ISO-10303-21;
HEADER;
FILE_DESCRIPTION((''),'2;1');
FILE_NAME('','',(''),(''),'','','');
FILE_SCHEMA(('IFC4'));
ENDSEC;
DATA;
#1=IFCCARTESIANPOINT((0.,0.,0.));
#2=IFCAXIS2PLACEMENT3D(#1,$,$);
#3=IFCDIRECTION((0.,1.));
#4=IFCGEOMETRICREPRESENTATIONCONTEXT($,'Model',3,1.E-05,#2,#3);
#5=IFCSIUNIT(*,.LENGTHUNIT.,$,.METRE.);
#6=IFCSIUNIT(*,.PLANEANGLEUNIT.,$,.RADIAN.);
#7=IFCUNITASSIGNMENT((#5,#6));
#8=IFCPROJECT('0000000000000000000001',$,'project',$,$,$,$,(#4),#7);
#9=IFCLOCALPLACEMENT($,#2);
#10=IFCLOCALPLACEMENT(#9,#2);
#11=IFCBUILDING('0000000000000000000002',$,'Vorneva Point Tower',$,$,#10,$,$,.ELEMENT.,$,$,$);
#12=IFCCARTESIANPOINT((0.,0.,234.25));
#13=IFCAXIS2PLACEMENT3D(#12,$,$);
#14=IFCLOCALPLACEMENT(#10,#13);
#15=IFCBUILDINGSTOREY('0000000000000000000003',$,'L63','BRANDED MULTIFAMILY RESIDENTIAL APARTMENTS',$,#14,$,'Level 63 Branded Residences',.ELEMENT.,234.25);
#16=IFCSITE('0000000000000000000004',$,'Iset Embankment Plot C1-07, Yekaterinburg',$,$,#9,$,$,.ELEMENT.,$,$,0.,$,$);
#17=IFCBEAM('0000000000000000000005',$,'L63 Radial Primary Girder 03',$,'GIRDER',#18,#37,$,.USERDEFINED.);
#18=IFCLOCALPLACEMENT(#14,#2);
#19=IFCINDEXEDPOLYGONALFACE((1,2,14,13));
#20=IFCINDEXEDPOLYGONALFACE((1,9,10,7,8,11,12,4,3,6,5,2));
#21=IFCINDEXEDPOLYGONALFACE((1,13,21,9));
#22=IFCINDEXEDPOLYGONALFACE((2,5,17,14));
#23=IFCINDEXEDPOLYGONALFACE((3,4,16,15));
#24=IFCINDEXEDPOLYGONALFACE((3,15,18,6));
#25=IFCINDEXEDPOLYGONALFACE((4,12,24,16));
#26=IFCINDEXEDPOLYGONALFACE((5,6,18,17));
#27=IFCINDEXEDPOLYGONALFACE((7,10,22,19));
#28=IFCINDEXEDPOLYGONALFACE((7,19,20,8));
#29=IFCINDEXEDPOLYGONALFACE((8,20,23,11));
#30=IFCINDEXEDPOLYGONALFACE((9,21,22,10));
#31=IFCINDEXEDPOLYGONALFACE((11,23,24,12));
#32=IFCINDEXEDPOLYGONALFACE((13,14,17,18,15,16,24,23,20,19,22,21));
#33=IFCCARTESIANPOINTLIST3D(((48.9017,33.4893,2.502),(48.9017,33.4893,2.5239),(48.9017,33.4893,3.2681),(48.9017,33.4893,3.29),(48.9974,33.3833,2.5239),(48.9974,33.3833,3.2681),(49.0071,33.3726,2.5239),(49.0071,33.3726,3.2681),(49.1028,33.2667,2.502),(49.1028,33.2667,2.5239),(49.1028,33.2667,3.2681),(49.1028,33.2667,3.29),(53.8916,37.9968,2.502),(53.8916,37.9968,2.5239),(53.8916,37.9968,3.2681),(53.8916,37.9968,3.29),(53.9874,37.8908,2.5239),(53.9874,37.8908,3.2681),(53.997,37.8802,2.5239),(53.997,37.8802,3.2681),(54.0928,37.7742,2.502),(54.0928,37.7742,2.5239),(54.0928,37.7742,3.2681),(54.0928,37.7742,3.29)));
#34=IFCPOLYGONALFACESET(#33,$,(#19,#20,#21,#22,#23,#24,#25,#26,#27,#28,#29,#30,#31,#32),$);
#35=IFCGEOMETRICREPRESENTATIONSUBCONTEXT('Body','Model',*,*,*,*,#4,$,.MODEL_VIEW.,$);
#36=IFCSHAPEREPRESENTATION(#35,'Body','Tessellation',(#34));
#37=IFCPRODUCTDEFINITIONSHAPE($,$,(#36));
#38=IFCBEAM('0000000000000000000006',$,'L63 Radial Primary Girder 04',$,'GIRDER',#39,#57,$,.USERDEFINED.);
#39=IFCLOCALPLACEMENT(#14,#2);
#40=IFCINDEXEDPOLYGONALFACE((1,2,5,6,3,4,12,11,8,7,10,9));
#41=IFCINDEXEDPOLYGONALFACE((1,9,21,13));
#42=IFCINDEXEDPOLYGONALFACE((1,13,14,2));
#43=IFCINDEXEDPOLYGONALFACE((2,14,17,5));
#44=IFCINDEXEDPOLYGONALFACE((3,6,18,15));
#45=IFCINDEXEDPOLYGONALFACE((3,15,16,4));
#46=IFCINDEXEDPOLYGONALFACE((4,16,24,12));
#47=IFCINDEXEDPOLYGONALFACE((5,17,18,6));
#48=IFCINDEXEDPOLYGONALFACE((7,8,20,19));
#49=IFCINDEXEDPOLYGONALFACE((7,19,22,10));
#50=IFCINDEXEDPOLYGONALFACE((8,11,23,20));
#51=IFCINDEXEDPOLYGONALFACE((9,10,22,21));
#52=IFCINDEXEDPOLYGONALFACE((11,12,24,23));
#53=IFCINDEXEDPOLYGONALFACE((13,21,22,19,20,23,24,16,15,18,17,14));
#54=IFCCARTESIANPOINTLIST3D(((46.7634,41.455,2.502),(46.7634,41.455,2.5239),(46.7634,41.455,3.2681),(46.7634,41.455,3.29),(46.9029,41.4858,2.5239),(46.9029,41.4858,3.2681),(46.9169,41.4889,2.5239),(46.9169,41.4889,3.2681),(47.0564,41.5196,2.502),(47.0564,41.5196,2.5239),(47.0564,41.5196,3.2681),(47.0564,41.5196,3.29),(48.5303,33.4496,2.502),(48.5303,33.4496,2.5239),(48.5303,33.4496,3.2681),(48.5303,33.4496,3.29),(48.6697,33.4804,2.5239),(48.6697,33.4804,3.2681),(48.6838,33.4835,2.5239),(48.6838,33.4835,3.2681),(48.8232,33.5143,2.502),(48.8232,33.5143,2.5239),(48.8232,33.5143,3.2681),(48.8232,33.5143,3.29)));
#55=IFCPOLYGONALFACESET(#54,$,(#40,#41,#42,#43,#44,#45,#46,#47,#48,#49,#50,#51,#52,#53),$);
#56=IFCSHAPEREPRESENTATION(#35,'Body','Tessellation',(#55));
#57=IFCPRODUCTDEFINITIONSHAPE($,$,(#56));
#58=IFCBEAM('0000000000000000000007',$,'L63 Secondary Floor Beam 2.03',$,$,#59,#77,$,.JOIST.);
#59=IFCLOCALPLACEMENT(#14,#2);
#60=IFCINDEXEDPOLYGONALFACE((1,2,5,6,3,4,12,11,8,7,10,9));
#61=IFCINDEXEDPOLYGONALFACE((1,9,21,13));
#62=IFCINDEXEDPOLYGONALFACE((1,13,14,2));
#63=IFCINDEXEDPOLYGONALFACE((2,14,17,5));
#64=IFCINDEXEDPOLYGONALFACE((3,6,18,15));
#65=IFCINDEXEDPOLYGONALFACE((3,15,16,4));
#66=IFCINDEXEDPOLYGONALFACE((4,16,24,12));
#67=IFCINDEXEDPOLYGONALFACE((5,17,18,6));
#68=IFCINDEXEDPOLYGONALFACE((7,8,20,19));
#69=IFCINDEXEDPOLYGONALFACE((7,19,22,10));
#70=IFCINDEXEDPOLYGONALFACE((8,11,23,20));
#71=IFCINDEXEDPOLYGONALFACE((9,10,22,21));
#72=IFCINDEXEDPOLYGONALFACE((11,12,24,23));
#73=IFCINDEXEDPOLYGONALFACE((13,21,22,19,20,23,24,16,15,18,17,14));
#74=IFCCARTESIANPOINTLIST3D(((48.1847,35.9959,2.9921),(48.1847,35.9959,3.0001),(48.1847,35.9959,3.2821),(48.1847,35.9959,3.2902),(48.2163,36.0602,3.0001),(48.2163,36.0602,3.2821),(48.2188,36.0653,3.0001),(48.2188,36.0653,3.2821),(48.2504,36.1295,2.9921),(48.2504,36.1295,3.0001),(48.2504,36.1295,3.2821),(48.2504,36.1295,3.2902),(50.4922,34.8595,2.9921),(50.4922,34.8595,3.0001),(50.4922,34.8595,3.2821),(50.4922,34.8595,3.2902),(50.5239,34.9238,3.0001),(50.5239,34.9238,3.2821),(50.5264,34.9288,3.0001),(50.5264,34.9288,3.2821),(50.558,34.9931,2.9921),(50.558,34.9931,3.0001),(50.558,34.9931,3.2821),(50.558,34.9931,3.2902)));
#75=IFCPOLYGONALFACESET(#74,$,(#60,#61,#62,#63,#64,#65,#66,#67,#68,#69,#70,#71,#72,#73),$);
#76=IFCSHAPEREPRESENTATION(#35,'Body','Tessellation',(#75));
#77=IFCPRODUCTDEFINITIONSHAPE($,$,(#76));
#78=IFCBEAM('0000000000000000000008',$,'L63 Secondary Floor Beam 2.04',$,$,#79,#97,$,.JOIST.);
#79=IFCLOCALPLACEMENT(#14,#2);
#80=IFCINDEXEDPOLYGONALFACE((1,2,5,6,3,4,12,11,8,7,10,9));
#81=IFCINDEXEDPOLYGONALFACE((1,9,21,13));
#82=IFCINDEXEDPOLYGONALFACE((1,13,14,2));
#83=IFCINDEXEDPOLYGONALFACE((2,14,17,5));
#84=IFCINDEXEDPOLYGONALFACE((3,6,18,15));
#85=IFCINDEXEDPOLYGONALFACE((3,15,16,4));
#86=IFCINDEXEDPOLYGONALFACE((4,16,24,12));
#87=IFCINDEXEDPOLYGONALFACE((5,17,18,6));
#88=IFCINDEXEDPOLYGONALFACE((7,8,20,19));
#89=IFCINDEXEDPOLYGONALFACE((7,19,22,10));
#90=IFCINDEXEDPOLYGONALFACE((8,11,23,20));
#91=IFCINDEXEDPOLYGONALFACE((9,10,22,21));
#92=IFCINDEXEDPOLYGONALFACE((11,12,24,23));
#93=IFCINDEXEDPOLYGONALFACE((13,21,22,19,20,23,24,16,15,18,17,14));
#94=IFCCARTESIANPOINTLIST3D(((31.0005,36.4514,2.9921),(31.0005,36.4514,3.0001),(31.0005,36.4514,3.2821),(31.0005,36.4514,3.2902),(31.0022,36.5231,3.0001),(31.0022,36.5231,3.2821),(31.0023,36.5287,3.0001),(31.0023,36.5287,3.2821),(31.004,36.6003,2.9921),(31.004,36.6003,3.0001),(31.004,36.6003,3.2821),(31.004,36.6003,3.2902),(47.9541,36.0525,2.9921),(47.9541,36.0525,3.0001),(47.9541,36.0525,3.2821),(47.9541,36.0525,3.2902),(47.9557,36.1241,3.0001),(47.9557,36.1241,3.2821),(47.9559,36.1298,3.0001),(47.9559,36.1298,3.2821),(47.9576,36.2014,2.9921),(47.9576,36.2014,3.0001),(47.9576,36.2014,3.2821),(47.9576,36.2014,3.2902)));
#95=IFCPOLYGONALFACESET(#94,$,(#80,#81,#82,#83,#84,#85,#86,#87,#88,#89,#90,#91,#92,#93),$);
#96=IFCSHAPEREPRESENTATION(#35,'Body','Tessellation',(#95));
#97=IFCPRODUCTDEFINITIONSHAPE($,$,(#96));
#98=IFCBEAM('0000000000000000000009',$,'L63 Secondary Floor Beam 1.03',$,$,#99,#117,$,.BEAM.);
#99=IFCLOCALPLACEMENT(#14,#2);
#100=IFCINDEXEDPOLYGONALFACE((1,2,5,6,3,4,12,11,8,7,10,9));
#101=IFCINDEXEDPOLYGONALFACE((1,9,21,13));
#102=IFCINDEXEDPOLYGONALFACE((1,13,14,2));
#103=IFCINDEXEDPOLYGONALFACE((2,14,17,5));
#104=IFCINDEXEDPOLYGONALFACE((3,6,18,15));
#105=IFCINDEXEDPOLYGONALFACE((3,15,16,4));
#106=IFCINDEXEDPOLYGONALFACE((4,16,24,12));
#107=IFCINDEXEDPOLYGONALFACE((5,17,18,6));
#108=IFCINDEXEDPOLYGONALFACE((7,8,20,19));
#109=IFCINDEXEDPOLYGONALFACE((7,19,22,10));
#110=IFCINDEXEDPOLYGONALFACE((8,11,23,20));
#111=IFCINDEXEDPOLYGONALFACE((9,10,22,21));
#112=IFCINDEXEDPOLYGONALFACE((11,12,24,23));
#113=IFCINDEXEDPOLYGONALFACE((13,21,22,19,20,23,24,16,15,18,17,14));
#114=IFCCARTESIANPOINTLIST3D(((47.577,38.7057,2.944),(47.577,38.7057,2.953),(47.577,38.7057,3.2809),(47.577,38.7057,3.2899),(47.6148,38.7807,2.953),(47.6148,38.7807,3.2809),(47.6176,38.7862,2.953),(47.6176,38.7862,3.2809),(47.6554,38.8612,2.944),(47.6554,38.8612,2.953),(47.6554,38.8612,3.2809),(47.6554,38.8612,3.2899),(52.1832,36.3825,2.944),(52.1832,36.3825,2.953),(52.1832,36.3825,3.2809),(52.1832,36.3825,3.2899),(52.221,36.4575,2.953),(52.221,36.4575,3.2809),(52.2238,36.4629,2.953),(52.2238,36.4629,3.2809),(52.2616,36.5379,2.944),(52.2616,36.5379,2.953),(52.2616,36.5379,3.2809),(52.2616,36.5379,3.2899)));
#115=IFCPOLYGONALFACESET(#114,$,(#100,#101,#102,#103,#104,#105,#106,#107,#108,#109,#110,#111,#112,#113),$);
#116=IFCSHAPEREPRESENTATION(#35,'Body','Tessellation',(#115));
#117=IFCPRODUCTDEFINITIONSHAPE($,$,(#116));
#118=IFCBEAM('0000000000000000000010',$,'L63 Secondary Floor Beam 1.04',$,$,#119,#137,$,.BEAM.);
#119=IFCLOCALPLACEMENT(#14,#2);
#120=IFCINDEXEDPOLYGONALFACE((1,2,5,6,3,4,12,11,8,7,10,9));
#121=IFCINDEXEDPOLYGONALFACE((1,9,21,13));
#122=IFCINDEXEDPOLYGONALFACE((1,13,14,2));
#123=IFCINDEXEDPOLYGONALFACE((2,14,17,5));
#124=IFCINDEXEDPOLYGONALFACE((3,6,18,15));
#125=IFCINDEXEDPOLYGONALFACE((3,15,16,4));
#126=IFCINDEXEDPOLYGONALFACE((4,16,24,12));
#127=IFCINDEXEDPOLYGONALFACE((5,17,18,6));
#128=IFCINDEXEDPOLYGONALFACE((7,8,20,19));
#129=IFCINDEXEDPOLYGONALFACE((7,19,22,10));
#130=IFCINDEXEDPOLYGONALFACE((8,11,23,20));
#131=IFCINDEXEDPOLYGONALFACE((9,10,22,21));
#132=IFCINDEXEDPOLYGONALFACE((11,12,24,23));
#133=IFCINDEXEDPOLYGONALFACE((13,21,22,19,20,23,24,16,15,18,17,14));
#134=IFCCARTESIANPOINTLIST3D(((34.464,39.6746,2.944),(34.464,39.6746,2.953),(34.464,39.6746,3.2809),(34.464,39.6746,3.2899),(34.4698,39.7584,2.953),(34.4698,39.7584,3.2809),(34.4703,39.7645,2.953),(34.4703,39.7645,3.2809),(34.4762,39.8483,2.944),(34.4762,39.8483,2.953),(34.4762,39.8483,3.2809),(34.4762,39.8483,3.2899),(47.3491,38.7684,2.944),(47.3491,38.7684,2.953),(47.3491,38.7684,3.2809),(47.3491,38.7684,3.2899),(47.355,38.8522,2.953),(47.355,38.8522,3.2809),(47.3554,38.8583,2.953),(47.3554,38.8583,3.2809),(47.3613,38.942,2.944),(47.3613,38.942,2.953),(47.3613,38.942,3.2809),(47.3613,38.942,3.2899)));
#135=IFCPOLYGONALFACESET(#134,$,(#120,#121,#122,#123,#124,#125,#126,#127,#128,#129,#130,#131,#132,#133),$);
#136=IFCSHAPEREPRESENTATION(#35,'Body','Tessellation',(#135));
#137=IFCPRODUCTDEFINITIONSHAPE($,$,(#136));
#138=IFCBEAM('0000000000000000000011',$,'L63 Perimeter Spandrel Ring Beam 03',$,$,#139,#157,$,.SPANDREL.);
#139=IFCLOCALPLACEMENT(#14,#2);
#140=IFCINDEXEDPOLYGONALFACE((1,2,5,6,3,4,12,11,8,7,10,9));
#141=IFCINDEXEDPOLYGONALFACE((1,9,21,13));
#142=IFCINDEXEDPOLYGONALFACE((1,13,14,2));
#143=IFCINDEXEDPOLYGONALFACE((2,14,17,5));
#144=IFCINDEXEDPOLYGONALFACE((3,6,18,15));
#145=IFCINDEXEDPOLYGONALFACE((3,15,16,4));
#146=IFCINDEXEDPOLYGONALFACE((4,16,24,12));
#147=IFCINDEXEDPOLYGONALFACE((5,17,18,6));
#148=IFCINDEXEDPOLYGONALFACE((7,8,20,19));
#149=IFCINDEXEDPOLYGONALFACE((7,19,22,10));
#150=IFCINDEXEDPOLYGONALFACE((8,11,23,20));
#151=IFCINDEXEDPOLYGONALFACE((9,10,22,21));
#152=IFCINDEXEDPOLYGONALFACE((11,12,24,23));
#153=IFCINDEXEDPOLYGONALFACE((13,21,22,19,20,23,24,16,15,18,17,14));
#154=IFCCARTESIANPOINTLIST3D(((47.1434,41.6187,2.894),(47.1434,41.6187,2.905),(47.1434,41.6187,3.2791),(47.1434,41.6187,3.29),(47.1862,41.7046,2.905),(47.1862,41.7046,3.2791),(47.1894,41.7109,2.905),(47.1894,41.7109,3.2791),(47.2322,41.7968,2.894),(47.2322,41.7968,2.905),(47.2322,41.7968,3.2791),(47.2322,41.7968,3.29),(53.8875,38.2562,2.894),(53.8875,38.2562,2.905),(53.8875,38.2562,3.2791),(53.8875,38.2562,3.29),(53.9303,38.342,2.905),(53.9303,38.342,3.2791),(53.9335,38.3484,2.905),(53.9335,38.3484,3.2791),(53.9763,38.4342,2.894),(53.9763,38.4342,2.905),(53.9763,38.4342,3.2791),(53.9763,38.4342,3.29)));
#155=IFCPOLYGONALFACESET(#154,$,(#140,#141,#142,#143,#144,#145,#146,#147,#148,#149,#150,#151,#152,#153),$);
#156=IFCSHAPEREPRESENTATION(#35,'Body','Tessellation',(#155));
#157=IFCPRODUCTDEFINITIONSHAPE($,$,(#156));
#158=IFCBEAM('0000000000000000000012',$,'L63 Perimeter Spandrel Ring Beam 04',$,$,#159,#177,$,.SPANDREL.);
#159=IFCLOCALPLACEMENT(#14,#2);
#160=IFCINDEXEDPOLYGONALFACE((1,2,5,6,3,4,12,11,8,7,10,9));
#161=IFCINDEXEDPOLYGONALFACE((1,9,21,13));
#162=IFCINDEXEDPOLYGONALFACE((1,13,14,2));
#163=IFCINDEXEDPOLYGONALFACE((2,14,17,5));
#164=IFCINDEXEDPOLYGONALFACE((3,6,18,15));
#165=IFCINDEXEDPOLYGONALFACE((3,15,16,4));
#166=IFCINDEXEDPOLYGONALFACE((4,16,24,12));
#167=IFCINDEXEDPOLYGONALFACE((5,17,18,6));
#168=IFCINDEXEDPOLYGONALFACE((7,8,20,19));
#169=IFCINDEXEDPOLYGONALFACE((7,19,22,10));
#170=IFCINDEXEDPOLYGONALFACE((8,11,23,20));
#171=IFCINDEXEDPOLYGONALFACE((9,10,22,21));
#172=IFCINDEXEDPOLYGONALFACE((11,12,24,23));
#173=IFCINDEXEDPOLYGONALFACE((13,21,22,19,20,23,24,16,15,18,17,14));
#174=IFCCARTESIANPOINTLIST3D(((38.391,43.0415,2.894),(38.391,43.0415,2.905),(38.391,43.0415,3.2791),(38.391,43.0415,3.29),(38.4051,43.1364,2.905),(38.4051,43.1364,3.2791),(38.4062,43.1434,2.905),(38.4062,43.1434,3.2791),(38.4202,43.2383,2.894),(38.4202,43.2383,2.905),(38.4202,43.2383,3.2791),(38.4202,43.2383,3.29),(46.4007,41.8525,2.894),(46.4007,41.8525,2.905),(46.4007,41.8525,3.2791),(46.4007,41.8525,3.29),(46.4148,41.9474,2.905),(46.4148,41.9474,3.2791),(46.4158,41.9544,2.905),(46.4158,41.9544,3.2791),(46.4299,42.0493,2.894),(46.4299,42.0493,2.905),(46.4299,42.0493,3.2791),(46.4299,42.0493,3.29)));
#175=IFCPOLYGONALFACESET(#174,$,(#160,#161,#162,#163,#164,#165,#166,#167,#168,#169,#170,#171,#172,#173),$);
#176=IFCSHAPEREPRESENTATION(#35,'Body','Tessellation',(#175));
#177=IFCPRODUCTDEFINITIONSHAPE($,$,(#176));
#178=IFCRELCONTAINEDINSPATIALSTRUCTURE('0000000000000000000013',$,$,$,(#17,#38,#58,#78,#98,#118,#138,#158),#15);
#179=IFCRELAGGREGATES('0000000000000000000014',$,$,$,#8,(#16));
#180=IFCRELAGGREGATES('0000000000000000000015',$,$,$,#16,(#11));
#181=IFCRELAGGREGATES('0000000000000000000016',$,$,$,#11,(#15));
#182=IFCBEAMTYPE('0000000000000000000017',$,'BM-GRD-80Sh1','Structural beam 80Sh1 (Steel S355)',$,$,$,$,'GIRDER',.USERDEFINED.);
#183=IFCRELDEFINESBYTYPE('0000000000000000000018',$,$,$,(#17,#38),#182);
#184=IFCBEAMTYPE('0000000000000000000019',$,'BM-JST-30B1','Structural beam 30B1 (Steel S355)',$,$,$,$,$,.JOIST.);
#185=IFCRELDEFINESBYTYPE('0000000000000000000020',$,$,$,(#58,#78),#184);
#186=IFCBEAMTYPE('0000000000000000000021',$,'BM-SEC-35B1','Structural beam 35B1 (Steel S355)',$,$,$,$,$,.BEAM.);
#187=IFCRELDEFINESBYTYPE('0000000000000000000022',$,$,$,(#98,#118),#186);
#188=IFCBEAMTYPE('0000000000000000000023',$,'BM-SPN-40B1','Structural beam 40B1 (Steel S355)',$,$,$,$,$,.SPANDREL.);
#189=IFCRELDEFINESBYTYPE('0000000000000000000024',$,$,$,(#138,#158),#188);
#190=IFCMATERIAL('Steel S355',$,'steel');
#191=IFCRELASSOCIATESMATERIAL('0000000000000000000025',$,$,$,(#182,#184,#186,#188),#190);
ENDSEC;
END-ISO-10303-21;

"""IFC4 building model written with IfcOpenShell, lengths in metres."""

from ifc_helpers import new_model, si_unit, direction, frame, origin, origin_2d, place, context, subcontext, project, spatial, i_section, extrude, material, material_profile, profile_set, type_object, element, save


model = new_model("IFC4")

# Units and contexts
model_context = context("Model", 3, precision=1e-05, world=origin(), true_north=direction((0.0, 1.0)))
body_context = subcontext(model_context, "Body", "Model", "MODEL_VIEW")
ifc_project = project(units=[si_unit("LENGTHUNIT", "METRE"), si_unit("PLANEANGLEUNIT", "RADIAN")], contexts=[model_context])

# Site, building, storey
site_placement = place(None, origin())
site = spatial("IfcSite", under=ifc_project, at=site_placement, Name="Iset Embankment Plot C1-07, Yekaterinburg", CompositionType="ELEMENT", RefElevation=0.0)
building_placement = place(site_placement, origin())
building = spatial("IfcBuilding", under=site, at=building_placement, Name="Vorneva Point Tower", CompositionType="ELEMENT")
storey_placement = place(building_placement, frame((0.0, 0.0, 234.25)))
storey = spatial("IfcBuildingStorey", under=building, at=storey_placement, Name="L63", Description="BRANDED MULTIFAMILY RESIDENTIAL APARTMENTS", LongName="Level 63 Branded Residences", CompositionType="ELEMENT", Elevation=234.25)

# Beams
ifc_material_1 = material(Name="Steel S355", Category="steel")
ifc_material_profile_1 = material_profile(ifc_material_1, i_section(OverallWidth=0.3, OverallDepth=0.7881, WebThickness=0.0144, FlangeThickness=0.022, at=origin_2d()), Name="80Sh1")
ifc_profile_set_1 = profile_set([ifc_material_profile_1], Name="Steel S355")
beam_type_1 = type_object("IfcBeamType", Name="BM-GRD-80Sh1", Description="Structural beam 80Sh1 (Steel S355)", ElementType="GIRDER", PredefinedType="USERDEFINED", material=ifc_profile_set_1)
beam_1_placement = place(storey_placement, frame((53.9922, 37.8855, 2.896), z_axis=(-0.742067, -0.670326, 0.0), x_axis=(0.670326, -0.742067, 0.0)))
element("IfcBeam", 1, at=beam_1_placement, inside=storey, type_object=beam_type_1, Name="L63 Radial Primary Girder 03", ObjectType="GIRDER", PredefinedType="USERDEFINED", context=body_context, shape_type="SweptSolid", body=[
    extrude(i_section(OverallWidth=0.3, OverallDepth=0.7881, WebThickness=0.0144, FlangeThickness=0.022, at=origin_2d()), origin(), (0.0, 0.0, 1.0), 6.7244),
])
beam_2_placement = place(storey_placement, frame((46.9099, 41.4873, 2.896), z_axis=(0.215521, -0.976499, 0.0), x_axis=(0.976499, 0.215521, 0.0)))
element("IfcBeam", 2, at=beam_2_placement, inside=storey, type_object=beam_type_1, Name="L63 Radial Primary Girder 04", ObjectType="GIRDER", PredefinedType="USERDEFINED", context=body_context, shape_type="SweptSolid", body=[
    extrude(i_section(OverallWidth=0.3, OverallDepth=0.7881, WebThickness=0.0144, FlangeThickness=0.022, at=origin_2d()), origin(), (0.0, 0.0, 1.0), 8.198),
])
ifc_material_profile_2 = material_profile(ifc_material_1, i_section(OverallWidth=0.1489, OverallDepth=0.2981, WebThickness=0.0056, FlangeThickness=0.0081, at=origin_2d()), Name="30B1")
ifc_profile_set_2 = profile_set([ifc_material_profile_2], Name="Steel S355")
beam_type_2 = type_object("IfcBeamType", Name="BM-JST-30B1", Description="Structural beam 30B1 (Steel S355)", PredefinedType="JOIST", material=ifc_profile_set_2)
beam_3_placement = place(storey_placement, frame((50.5251, 34.9263, 3.1411), z_axis=(-0.897106, 0.441814, 0.0), x_axis=(-0.441814, -0.897106, 0.0)))
element("IfcBeam", 3, at=beam_3_placement, inside=storey, type_object=beam_type_2, Name="L63 Secondary Floor Beam 2.03", PredefinedType="JOIST", context=body_context, shape_type="SweptSolid", body=[
    extrude(i_section(OverallWidth=0.1489, OverallDepth=0.2981, WebThickness=0.0056, FlangeThickness=0.0081, at=origin_2d()), origin(), (0.0, 0.0, 1.0), 2.5723),
])
beam_4_placement = place(storey_placement, frame((47.9558, 36.127, 3.1411), z_axis=(-0.999723, 0.023524, 0.0), x_axis=(-0.023524, -0.999723, 0.0)))
element("IfcBeam", 4, at=beam_4_placement, inside=storey, type_object=beam_type_2, Name="L63 Secondary Floor Beam 2.04", PredefinedType="JOIST", context=body_context, shape_type="SweptSolid", body=[
    extrude(i_section(OverallWidth=0.1489, OverallDepth=0.2981, WebThickness=0.0056, FlangeThickness=0.0081, at=origin_2d()), origin(), (0.0, 0.0, 1.0), 16.9583),
])
ifc_material_profile_3 = material_profile(ifc_material_1, i_section(OverallWidth=0.1741, OverallDepth=0.3459, WebThickness=0.0061, FlangeThickness=0.009, at=origin_2d()), Name="35B1")
ifc_profile_set_3 = profile_set([ifc_material_profile_3], Name="Steel S355")
beam_type_3 = type_object("IfcBeamType", Name="BM-SEC-35B1", Description="Structural beam 35B1 (Steel S355)", PredefinedType="BEAM", material=ifc_profile_set_3)
beam_5_placement = place(storey_placement, frame((52.2224, 36.4602, 3.1169), z_axis=(-0.89286, 0.450334, 0.0), x_axis=(-0.450334, -0.89286, 0.0)))
element("IfcBeam", 5, at=beam_5_placement, inside=storey, type_object=beam_type_3, Name="L63 Secondary Floor Beam 1.03", PredefinedType="BEAM", context=body_context, shape_type="SweptSolid", body=[
    extrude(i_section(OverallWidth=0.1741, OverallDepth=0.3459, WebThickness=0.0061, FlangeThickness=0.009, at=origin_2d()), origin(), (0.0, 0.0, 1.0), 5.1589),
])
beam_6_placement = place(storey_placement, frame((47.3552, 38.8552, 3.1169), z_axis=(-0.997536, 0.070159, 0.0), x_axis=(-0.070159, -0.997536, 0.0)))
element("IfcBeam", 6, at=beam_6_placement, inside=storey, type_object=beam_type_3, Name="L63 Secondary Floor Beam 1.04", PredefinedType="BEAM", context=body_context, shape_type="SweptSolid", body=[
    extrude(i_section(OverallWidth=0.1741, OverallDepth=0.3459, WebThickness=0.0061, FlangeThickness=0.009, at=origin_2d()), origin(), (0.0, 0.0, 1.0), 12.917),
])
ifc_material_profile_4 = material_profile(ifc_material_1, i_section(OverallWidth=0.199, OverallDepth=0.396, WebThickness=0.0071, FlangeThickness=0.011, at=origin_2d()), Name="40B1")
ifc_profile_set_4 = profile_set([ifc_material_profile_4], Name="Steel S355")
beam_type_4 = type_object("IfcBeamType", Name="BM-SPN-40B1", Description="Structural beam 40B1 (Steel S355)", PredefinedType="SPANDREL", material=ifc_profile_set_4)
beam_7_placement = place(storey_placement, frame((53.9319, 38.3452, 3.092), z_axis=(-0.894932, 0.446203, 0.0), x_axis=(-0.446203, -0.894932, 0.0)))
element("IfcBeam", 7, at=beam_7_placement, inside=storey, type_object=beam_type_4, Name="L63 Perimeter Spandrel Ring Beam 03", PredefinedType="SPANDREL", context=body_context, shape_type="SweptSolid", body=[
    extrude(i_section(OverallWidth=0.199, OverallDepth=0.396, WebThickness=0.0071, FlangeThickness=0.011, at=origin_2d()), origin(), (0.0, 0.0, 1.0), 7.5359),
])
beam_8_placement = place(storey_placement, frame((46.4153, 41.9509, 3.092), z_axis=(-0.989162, 0.146831, 0.0), x_axis=(-0.146831, -0.989162, 0.0)))
element("IfcBeam", 8, at=beam_8_placement, inside=storey, type_object=beam_type_4, Name="L63 Perimeter Spandrel Ring Beam 04", PredefinedType="SPANDREL", context=body_context, shape_type="SweptSolid", body=[
    extrude(i_section(OverallWidth=0.199, OverallDepth=0.396, WebThickness=0.0071, FlangeThickness=0.011, at=origin_2d()), origin(), (0.0, 0.0, 1.0), 8.0974),
])

save(model, "model.ifc")
